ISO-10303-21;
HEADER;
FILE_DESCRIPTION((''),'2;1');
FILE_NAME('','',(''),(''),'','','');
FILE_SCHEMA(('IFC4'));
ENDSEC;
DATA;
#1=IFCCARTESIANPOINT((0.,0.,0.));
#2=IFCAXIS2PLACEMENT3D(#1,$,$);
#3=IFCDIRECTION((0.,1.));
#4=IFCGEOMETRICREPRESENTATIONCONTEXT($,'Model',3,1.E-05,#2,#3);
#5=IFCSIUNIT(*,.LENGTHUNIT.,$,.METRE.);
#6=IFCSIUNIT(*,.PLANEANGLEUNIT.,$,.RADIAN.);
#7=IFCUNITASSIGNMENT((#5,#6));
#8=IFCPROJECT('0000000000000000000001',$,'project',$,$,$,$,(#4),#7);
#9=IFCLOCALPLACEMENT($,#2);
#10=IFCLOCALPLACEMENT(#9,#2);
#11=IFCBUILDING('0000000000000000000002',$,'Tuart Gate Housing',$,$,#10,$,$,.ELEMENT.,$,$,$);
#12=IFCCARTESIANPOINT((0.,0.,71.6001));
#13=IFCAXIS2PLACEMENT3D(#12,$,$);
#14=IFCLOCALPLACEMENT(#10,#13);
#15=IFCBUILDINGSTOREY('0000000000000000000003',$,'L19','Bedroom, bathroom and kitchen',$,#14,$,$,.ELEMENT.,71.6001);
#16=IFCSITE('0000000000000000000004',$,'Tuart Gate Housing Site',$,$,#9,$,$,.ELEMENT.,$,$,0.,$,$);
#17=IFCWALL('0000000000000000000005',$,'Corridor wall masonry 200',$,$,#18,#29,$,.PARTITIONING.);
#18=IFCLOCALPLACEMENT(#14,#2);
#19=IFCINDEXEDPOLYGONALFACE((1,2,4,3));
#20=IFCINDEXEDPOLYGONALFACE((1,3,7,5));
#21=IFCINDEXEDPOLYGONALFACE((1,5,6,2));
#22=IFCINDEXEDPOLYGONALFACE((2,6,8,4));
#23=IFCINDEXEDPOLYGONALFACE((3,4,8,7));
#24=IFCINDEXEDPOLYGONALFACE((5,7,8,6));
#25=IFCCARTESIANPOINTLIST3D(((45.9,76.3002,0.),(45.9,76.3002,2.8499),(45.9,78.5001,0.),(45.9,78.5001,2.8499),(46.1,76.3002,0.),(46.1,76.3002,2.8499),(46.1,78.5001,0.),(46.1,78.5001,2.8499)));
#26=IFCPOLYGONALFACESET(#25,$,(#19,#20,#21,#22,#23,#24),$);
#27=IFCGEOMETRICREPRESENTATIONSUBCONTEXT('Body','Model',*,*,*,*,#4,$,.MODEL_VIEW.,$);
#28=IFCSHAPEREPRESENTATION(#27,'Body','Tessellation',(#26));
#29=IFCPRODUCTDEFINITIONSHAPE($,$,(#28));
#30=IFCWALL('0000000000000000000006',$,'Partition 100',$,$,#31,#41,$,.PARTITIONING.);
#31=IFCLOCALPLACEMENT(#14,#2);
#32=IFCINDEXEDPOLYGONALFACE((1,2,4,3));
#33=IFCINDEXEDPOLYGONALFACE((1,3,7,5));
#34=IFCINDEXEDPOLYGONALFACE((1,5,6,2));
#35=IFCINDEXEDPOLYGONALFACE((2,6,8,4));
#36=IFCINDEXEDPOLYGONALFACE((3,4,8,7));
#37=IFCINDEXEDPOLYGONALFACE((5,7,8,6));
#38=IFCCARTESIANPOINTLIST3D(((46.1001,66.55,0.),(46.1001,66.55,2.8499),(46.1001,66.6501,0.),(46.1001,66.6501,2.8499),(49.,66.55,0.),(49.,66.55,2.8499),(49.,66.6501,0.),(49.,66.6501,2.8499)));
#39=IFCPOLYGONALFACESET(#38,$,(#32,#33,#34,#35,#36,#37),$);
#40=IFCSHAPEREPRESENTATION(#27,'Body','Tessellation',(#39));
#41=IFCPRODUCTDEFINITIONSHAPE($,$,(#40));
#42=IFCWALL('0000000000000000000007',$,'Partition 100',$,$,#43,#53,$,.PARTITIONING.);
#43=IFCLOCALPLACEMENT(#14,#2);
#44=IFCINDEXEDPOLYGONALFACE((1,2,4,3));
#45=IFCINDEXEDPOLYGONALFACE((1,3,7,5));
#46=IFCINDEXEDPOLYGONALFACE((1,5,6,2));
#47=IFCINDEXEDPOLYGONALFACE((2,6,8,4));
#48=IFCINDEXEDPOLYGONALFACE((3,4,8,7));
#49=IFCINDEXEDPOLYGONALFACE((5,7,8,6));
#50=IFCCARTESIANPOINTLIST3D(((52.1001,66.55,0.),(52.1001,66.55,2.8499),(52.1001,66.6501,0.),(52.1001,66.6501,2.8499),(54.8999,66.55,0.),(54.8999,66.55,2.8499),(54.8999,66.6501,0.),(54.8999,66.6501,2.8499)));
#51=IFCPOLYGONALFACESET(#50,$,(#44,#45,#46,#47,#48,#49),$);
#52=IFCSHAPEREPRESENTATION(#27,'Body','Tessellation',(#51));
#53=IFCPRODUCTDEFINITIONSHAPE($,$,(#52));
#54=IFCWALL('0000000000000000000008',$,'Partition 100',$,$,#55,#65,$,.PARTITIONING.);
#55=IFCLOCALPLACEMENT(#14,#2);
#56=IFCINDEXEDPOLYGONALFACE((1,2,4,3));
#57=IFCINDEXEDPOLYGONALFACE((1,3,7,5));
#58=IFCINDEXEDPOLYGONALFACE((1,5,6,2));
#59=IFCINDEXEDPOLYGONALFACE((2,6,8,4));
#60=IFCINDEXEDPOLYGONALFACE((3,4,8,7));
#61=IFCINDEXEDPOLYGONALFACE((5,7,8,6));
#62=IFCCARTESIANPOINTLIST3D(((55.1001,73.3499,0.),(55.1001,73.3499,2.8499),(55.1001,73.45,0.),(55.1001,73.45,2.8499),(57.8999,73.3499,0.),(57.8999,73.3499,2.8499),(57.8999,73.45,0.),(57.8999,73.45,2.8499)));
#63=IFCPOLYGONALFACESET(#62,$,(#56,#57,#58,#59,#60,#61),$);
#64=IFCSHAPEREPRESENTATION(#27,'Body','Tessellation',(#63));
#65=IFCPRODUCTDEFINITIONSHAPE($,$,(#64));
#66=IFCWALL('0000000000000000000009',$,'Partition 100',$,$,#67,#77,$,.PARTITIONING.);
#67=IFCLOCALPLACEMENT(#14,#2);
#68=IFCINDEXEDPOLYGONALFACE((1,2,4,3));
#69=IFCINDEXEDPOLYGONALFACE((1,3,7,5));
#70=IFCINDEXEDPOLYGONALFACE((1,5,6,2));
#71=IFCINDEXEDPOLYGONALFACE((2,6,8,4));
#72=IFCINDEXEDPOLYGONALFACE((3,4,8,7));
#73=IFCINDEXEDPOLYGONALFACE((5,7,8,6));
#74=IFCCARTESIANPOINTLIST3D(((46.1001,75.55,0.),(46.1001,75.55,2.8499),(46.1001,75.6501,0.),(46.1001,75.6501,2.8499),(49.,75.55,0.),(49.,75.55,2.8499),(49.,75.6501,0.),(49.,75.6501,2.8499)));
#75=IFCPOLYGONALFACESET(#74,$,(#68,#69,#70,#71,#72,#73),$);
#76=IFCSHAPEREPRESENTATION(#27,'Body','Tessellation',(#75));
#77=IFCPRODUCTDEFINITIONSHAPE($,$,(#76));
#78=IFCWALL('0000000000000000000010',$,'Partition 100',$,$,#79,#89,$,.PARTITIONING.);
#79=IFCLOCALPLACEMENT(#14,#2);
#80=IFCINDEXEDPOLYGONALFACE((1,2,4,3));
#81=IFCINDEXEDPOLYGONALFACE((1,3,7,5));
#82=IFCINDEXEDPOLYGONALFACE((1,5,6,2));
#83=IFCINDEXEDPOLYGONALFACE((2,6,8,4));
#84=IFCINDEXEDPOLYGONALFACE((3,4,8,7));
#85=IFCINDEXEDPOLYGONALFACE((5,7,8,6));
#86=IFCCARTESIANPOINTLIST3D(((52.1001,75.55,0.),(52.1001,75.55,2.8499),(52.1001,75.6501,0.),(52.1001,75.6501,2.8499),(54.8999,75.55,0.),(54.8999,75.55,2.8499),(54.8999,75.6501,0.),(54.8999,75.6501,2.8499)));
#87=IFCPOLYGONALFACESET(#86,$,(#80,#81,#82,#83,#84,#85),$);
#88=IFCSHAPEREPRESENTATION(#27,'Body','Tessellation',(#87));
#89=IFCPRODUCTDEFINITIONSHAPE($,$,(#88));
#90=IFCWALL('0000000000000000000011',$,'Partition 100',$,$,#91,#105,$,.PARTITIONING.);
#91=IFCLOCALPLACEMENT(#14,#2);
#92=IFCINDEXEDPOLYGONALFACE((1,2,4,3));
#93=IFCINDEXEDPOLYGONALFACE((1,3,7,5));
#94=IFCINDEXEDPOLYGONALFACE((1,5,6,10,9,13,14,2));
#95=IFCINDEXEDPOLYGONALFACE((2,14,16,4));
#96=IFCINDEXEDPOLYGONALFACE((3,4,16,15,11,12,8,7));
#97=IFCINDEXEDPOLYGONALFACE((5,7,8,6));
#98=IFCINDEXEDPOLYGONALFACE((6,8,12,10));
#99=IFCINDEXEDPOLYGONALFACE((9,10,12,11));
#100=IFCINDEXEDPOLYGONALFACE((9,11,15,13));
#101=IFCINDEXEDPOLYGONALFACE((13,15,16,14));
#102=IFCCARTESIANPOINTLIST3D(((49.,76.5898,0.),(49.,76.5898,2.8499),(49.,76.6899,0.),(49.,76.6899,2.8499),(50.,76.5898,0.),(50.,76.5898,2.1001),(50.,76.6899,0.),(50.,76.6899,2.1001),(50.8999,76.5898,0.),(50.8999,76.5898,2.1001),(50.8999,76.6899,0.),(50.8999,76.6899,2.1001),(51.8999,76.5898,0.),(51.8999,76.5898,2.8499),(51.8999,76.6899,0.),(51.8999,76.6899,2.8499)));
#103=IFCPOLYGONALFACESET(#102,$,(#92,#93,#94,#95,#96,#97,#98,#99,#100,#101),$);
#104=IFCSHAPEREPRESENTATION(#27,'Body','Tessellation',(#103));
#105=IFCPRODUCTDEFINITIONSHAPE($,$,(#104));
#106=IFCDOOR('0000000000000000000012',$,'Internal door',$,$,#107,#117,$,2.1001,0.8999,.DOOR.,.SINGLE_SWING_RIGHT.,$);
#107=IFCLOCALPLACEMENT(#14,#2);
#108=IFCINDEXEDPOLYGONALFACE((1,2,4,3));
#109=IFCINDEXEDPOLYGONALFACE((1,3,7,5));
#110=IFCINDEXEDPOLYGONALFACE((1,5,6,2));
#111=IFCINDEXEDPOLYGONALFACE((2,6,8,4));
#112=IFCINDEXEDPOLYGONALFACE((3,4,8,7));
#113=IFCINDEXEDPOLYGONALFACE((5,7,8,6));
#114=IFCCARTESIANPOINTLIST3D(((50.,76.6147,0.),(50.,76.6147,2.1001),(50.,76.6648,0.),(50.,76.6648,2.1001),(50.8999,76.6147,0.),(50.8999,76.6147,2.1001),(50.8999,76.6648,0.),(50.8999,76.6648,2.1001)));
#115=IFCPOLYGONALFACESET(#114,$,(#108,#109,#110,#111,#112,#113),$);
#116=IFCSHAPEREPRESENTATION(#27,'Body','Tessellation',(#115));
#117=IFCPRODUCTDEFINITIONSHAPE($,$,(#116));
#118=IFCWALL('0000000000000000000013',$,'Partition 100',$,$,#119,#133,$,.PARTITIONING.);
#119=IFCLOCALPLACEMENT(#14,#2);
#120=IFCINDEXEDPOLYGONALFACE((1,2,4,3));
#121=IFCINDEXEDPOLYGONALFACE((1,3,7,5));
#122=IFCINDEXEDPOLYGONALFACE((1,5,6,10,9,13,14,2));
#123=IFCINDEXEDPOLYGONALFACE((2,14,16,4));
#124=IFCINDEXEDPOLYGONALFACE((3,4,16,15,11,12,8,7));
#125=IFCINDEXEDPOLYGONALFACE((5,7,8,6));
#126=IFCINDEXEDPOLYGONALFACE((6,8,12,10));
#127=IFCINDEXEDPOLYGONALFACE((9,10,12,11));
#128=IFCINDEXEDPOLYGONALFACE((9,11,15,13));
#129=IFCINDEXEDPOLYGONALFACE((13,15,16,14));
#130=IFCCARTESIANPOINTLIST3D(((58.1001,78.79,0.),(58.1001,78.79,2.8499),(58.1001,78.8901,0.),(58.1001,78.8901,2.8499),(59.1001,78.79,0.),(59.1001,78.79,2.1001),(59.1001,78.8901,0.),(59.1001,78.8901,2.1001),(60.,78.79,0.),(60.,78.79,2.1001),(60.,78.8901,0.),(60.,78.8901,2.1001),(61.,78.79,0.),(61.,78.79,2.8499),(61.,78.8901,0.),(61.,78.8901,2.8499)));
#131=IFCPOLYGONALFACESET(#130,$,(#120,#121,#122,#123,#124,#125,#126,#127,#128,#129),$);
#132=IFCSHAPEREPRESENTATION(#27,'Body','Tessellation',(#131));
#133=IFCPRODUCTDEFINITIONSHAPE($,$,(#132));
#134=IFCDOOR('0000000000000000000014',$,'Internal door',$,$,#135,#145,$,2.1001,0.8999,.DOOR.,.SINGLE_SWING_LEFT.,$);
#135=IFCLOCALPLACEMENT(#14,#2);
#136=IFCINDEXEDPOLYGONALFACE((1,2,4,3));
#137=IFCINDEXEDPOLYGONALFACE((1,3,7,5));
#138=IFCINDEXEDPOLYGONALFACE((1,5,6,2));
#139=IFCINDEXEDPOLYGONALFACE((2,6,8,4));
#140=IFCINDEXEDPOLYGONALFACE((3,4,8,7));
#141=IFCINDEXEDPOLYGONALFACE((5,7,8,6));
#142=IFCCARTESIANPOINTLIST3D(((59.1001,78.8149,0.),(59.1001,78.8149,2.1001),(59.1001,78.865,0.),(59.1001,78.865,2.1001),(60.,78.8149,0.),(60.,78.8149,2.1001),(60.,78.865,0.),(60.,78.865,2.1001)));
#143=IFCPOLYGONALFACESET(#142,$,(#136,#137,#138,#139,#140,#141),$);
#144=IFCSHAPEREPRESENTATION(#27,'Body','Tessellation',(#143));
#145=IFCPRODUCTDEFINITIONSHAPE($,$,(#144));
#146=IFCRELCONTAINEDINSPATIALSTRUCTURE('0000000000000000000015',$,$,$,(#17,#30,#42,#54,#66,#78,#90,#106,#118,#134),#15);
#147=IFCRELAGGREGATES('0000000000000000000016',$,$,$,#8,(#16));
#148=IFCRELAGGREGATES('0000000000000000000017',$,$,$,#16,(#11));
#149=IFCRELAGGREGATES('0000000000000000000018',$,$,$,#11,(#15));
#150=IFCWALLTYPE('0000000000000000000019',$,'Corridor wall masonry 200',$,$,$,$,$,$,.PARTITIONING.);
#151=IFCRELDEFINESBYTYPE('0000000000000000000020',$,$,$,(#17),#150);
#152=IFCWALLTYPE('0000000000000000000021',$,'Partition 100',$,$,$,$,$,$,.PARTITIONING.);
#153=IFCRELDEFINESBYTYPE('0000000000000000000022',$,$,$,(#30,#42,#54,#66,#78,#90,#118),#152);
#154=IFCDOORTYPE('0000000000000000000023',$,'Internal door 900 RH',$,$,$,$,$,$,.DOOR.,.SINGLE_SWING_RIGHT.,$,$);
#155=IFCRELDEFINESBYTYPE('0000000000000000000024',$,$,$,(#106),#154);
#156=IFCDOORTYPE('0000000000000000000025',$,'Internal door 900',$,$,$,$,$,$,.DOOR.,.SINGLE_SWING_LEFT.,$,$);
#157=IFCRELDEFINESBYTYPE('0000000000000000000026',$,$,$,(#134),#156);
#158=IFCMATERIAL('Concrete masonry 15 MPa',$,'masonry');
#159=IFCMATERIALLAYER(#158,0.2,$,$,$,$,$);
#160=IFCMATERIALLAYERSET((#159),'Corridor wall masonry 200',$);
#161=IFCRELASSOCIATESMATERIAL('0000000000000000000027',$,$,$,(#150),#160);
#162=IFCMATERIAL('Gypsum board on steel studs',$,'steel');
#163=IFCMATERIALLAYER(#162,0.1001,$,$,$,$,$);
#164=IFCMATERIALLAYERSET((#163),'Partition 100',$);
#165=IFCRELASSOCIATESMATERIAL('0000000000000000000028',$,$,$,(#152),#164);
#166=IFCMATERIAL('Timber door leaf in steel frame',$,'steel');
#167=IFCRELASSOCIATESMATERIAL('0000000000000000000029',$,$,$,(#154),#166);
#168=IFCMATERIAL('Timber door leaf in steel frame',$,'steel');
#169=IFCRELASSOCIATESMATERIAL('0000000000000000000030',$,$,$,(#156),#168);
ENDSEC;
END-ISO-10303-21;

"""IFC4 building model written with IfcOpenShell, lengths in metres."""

from ifc_helpers import new_model, si_unit, direction, frame, frame_2d, origin, place, context, subcontext, project, spatial, rectangle, extrude, material, layer, layer_set, type_object, element, fill, save


model = new_model("IFC4")

# Units and contexts
model_context = context("Model", 3, precision=1e-05, world=origin(), true_north=direction((0.0, 1.0)))
body_context = subcontext(model_context, "Body", "Model", "MODEL_VIEW")
ifc_project = project(units=[si_unit("LENGTHUNIT", "METRE"), si_unit("PLANEANGLEUNIT", "RADIAN")], contexts=[model_context])

# Site, building, storey
site_placement = place(None, origin())
site = spatial("IfcSite", under=ifc_project, at=site_placement, Name="Tuart Gate Housing Site", CompositionType="ELEMENT", RefElevation=0.0)
building_placement = place(site_placement, origin())
building = spatial("IfcBuilding", under=site, at=building_placement, Name="Tuart Gate Housing", CompositionType="ELEMENT")
storey_placement = place(building_placement, frame((0.0, 0.0, 71.6001)))
storey = spatial("IfcBuildingStorey", under=building, at=storey_placement, Name="L19", Description="Bedroom, bathroom and kitchen", CompositionType="ELEMENT", Elevation=71.6001)

# Walls
ifc_material_1 = material(Name="Concrete masonry 15 MPa", Category="masonry")
ifc_layer_1 = layer(ifc_material_1, 0.2)
ifc_layer_set_1 = layer_set([ifc_layer_1], Name="Corridor wall masonry 200")
wall_type_1 = type_object("IfcWallType", Name="Corridor wall masonry 200", PredefinedType="PARTITIONING", material=ifc_layer_set_1)
wall_1_placement = place(storey_placement, frame((46.0, 76.3, 0.0), z_axis=(0.0, 0.0, 1.0), x_axis=(0.0, 1.0, 0.0)))
element("IfcWall", 1, at=wall_1_placement, inside=storey, type_object=wall_type_1, Name="Corridor wall masonry 200", PredefinedType="PARTITIONING", context=body_context, shape_type="SweptSolid", body=[
    extrude(rectangle(XDim=2.2, YDim=0.2, at=frame_2d((1.1001, 0.0))), origin(), (0.0, 0.0, 1.0), 2.8499),
])
ifc_material_2 = material(Name="Gypsum board on steel studs", Category="steel")
ifc_layer_2 = layer(ifc_material_2, 0.1001)
ifc_layer_set_2 = layer_set([ifc_layer_2], Name="Partition 100")
wall_type_2 = type_object("IfcWallType", Name="Partition 100", PredefinedType="PARTITIONING", material=ifc_layer_set_2)
wall_2_placement = place(storey_placement, frame((46.1001, 66.6001, 0.0), z_axis=(0.0, 0.0, 1.0), x_axis=(1.0, 0.0, 0.0)))
element("IfcWall", 2, at=wall_2_placement, inside=storey, type_object=wall_type_2, Name="Partition 100", PredefinedType="PARTITIONING", context=body_context, shape_type="SweptSolid", body=[
    extrude(rectangle(XDim=2.8999, YDim=0.1001, at=frame_2d((1.45, 0.0))), origin(), (0.0, 0.0, 1.0), 2.8499),
])
for number, where, z_axis, x_axis, name in (
    (3, (52.1001, 66.6001, 0.0), (0.0, 0.0, 1.0), (1.0, 0.0, 0.0), "Partition 100"),
    (4, (55.1001, 73.3999, 0.0), (0.0, 0.0, 1.0), (1.0, 0.0, 0.0), "Partition 100"),
):
    element("IfcWall", number, at=place(storey_placement, frame(where, z_axis=z_axis, x_axis=x_axis)), inside=storey, type_object=wall_type_2, Name=name, PredefinedType="PARTITIONING", context=body_context, shape_type="SweptSolid", body=[
        extrude(rectangle(XDim=2.7998, YDim=0.1001, at=frame_2d((1.3999, 0.0))), origin(), (0.0, 0.0, 1.0), 2.8499),
    ])
wall_3_placement = place(storey_placement, frame((46.1001, 75.6001, 0.0), z_axis=(0.0, 0.0, 1.0), x_axis=(1.0, 0.0, 0.0)))
element("IfcWall", 5, at=wall_3_placement, inside=storey, type_object=wall_type_2, Name="Partition 100", PredefinedType="PARTITIONING", context=body_context, shape_type="SweptSolid", body=[
    extrude(rectangle(XDim=2.8999, YDim=0.1001, at=frame_2d((1.45, 0.0))), origin(), (0.0, 0.0, 1.0), 2.8499),
])
wall_4_placement = place(storey_placement, frame((52.1001, 75.6001, 0.0), z_axis=(0.0, 0.0, 1.0), x_axis=(1.0, 0.0, 0.0)))
element("IfcWall", 6, at=wall_4_placement, inside=storey, type_object=wall_type_2, Name="Partition 100", PredefinedType="PARTITIONING", context=body_context, shape_type="SweptSolid", body=[
    extrude(rectangle(XDim=2.7998, YDim=0.1001, at=frame_2d((1.3999, 0.0))), origin(), (0.0, 0.0, 1.0), 2.8499),
])

# Walls, openings, doors
wall_5_placement = place(storey_placement, frame((49.0, 76.6399, 0.0), z_axis=(0.0, 0.0, 1.0), x_axis=(1.0, 0.0, 0.0)))
wall_5 = element("IfcWall", 7, at=wall_5_placement, inside=storey, type_object=wall_type_2, Name="Partition 100", PredefinedType="PARTITIONING", context=body_context, shape_type="SweptSolid", body=[
    extrude(rectangle(XDim=2.8999, YDim=0.1001, at=frame_2d((1.45, 0.0))), origin(), (0.0, 0.0, 1.0), 2.8499),
])
opening_1_placement = place(wall_5_placement, frame((1.0, 0.0, 0.0)))
opening_1 = element("IfcOpeningElement", 8, at=opening_1_placement, cuts=wall_5, PredefinedType="OPENING", context=body_context, shape_type="SweptSolid", body=[
    extrude(rectangle(XDim=0.8999, YDim=2.1001, at=frame_2d((0.45, 1.05))), frame((0.0, 0.0601, 0.0), z_axis=(0.0, -1.0, 0.0), x_axis=(1.0, 0.0, 0.0)), (0.0, 0.0, 1.0), 0.1201),
])
ifc_material_3 = material(Name="Timber door leaf in steel frame", Category="steel")
door_type_1 = type_object("IfcDoorType", Name="Internal door 900 RH", OperationType="SINGLE_SWING_RIGHT", PredefinedType="DOOR", material=ifc_material_3)
door_1_placement = place(opening_1_placement, frame((0.8999, 0.0, 0.0), z_axis=(0.0, 0.0, 1.0), x_axis=(-1.0, 0.0, 0.0)))
door_1 = element("IfcDoor", 9, at=door_1_placement, inside=storey, type_object=door_type_1, Name="Internal door", OperationType="SINGLE_SWING_RIGHT", OverallHeight=2.1001, OverallWidth=0.8999, PredefinedType="DOOR", context=body_context, shape_type="SweptSolid", body=[
    extrude(rectangle(XDim=0.8999, YDim=2.1001, at=frame_2d((0.45, 1.05))), frame((0.0, 0.0251, 0.0), z_axis=(0.0, -1.0, 0.0), x_axis=(1.0, 0.0, 0.0)), (0.0, 0.0, 1.0), 0.05),
])
fill(opening_1, door_1)
wall_6_placement = place(storey_placement, frame((58.1001, 78.8401, 0.0), z_axis=(0.0, 0.0, 1.0), x_axis=(1.0, 0.0, 0.0)))
wall_6 = element("IfcWall", 10, at=wall_6_placement, inside=storey, type_object=wall_type_2, Name="Partition 100", PredefinedType="PARTITIONING", context=body_context, shape_type="SweptSolid", body=[
    extrude(rectangle(XDim=2.8999, YDim=0.1001, at=frame_2d((1.45, 0.0))), origin(), (0.0, 0.0, 1.0), 2.8499),
])
opening_2_placement = place(wall_6_placement, frame((1.0, 0.0, 0.0)))
opening_2 = element("IfcOpeningElement", 11, at=opening_2_placement, cuts=wall_6, PredefinedType="OPENING", context=body_context, shape_type="SweptSolid", body=[
    extrude(rectangle(XDim=0.8999, YDim=2.1001, at=frame_2d((0.45, 1.05))), frame((0.0, 0.0601, 0.0), z_axis=(0.0, -1.0, 0.0), x_axis=(1.0, 0.0, 0.0)), (0.0, 0.0, 1.0), 0.1201),
])
ifc_material_4 = material(Name="Timber door leaf in steel frame", Category="steel")
door_type_2 = type_object("IfcDoorType", Name="Internal door 900", OperationType="SINGLE_SWING_LEFT", PredefinedType="DOOR", material=ifc_material_4)
door_2_placement = place(opening_2_placement, frame((0.8999, 0.0, 0.0), z_axis=(0.0, 0.0, 1.0), x_axis=(-1.0, 0.0, 0.0)))
door_2 = element("IfcDoor", 12, at=door_2_placement, inside=storey, type_object=door_type_2, Name="Internal door", OperationType="SINGLE_SWING_LEFT", OverallHeight=2.1001, OverallWidth=0.8999, PredefinedType="DOOR", context=body_context, shape_type="SweptSolid", body=[
    extrude(rectangle(XDim=0.8999, YDim=2.1001, at=frame_2d((0.45, 1.05))), frame((0.0, 0.0251, 0.0), z_axis=(0.0, -1.0, 0.0), x_axis=(1.0, 0.0, 0.0)), (0.0, 0.0, 1.0), 0.05),
])
fill(opening_2, door_2)

save(model, "model.ifc")
